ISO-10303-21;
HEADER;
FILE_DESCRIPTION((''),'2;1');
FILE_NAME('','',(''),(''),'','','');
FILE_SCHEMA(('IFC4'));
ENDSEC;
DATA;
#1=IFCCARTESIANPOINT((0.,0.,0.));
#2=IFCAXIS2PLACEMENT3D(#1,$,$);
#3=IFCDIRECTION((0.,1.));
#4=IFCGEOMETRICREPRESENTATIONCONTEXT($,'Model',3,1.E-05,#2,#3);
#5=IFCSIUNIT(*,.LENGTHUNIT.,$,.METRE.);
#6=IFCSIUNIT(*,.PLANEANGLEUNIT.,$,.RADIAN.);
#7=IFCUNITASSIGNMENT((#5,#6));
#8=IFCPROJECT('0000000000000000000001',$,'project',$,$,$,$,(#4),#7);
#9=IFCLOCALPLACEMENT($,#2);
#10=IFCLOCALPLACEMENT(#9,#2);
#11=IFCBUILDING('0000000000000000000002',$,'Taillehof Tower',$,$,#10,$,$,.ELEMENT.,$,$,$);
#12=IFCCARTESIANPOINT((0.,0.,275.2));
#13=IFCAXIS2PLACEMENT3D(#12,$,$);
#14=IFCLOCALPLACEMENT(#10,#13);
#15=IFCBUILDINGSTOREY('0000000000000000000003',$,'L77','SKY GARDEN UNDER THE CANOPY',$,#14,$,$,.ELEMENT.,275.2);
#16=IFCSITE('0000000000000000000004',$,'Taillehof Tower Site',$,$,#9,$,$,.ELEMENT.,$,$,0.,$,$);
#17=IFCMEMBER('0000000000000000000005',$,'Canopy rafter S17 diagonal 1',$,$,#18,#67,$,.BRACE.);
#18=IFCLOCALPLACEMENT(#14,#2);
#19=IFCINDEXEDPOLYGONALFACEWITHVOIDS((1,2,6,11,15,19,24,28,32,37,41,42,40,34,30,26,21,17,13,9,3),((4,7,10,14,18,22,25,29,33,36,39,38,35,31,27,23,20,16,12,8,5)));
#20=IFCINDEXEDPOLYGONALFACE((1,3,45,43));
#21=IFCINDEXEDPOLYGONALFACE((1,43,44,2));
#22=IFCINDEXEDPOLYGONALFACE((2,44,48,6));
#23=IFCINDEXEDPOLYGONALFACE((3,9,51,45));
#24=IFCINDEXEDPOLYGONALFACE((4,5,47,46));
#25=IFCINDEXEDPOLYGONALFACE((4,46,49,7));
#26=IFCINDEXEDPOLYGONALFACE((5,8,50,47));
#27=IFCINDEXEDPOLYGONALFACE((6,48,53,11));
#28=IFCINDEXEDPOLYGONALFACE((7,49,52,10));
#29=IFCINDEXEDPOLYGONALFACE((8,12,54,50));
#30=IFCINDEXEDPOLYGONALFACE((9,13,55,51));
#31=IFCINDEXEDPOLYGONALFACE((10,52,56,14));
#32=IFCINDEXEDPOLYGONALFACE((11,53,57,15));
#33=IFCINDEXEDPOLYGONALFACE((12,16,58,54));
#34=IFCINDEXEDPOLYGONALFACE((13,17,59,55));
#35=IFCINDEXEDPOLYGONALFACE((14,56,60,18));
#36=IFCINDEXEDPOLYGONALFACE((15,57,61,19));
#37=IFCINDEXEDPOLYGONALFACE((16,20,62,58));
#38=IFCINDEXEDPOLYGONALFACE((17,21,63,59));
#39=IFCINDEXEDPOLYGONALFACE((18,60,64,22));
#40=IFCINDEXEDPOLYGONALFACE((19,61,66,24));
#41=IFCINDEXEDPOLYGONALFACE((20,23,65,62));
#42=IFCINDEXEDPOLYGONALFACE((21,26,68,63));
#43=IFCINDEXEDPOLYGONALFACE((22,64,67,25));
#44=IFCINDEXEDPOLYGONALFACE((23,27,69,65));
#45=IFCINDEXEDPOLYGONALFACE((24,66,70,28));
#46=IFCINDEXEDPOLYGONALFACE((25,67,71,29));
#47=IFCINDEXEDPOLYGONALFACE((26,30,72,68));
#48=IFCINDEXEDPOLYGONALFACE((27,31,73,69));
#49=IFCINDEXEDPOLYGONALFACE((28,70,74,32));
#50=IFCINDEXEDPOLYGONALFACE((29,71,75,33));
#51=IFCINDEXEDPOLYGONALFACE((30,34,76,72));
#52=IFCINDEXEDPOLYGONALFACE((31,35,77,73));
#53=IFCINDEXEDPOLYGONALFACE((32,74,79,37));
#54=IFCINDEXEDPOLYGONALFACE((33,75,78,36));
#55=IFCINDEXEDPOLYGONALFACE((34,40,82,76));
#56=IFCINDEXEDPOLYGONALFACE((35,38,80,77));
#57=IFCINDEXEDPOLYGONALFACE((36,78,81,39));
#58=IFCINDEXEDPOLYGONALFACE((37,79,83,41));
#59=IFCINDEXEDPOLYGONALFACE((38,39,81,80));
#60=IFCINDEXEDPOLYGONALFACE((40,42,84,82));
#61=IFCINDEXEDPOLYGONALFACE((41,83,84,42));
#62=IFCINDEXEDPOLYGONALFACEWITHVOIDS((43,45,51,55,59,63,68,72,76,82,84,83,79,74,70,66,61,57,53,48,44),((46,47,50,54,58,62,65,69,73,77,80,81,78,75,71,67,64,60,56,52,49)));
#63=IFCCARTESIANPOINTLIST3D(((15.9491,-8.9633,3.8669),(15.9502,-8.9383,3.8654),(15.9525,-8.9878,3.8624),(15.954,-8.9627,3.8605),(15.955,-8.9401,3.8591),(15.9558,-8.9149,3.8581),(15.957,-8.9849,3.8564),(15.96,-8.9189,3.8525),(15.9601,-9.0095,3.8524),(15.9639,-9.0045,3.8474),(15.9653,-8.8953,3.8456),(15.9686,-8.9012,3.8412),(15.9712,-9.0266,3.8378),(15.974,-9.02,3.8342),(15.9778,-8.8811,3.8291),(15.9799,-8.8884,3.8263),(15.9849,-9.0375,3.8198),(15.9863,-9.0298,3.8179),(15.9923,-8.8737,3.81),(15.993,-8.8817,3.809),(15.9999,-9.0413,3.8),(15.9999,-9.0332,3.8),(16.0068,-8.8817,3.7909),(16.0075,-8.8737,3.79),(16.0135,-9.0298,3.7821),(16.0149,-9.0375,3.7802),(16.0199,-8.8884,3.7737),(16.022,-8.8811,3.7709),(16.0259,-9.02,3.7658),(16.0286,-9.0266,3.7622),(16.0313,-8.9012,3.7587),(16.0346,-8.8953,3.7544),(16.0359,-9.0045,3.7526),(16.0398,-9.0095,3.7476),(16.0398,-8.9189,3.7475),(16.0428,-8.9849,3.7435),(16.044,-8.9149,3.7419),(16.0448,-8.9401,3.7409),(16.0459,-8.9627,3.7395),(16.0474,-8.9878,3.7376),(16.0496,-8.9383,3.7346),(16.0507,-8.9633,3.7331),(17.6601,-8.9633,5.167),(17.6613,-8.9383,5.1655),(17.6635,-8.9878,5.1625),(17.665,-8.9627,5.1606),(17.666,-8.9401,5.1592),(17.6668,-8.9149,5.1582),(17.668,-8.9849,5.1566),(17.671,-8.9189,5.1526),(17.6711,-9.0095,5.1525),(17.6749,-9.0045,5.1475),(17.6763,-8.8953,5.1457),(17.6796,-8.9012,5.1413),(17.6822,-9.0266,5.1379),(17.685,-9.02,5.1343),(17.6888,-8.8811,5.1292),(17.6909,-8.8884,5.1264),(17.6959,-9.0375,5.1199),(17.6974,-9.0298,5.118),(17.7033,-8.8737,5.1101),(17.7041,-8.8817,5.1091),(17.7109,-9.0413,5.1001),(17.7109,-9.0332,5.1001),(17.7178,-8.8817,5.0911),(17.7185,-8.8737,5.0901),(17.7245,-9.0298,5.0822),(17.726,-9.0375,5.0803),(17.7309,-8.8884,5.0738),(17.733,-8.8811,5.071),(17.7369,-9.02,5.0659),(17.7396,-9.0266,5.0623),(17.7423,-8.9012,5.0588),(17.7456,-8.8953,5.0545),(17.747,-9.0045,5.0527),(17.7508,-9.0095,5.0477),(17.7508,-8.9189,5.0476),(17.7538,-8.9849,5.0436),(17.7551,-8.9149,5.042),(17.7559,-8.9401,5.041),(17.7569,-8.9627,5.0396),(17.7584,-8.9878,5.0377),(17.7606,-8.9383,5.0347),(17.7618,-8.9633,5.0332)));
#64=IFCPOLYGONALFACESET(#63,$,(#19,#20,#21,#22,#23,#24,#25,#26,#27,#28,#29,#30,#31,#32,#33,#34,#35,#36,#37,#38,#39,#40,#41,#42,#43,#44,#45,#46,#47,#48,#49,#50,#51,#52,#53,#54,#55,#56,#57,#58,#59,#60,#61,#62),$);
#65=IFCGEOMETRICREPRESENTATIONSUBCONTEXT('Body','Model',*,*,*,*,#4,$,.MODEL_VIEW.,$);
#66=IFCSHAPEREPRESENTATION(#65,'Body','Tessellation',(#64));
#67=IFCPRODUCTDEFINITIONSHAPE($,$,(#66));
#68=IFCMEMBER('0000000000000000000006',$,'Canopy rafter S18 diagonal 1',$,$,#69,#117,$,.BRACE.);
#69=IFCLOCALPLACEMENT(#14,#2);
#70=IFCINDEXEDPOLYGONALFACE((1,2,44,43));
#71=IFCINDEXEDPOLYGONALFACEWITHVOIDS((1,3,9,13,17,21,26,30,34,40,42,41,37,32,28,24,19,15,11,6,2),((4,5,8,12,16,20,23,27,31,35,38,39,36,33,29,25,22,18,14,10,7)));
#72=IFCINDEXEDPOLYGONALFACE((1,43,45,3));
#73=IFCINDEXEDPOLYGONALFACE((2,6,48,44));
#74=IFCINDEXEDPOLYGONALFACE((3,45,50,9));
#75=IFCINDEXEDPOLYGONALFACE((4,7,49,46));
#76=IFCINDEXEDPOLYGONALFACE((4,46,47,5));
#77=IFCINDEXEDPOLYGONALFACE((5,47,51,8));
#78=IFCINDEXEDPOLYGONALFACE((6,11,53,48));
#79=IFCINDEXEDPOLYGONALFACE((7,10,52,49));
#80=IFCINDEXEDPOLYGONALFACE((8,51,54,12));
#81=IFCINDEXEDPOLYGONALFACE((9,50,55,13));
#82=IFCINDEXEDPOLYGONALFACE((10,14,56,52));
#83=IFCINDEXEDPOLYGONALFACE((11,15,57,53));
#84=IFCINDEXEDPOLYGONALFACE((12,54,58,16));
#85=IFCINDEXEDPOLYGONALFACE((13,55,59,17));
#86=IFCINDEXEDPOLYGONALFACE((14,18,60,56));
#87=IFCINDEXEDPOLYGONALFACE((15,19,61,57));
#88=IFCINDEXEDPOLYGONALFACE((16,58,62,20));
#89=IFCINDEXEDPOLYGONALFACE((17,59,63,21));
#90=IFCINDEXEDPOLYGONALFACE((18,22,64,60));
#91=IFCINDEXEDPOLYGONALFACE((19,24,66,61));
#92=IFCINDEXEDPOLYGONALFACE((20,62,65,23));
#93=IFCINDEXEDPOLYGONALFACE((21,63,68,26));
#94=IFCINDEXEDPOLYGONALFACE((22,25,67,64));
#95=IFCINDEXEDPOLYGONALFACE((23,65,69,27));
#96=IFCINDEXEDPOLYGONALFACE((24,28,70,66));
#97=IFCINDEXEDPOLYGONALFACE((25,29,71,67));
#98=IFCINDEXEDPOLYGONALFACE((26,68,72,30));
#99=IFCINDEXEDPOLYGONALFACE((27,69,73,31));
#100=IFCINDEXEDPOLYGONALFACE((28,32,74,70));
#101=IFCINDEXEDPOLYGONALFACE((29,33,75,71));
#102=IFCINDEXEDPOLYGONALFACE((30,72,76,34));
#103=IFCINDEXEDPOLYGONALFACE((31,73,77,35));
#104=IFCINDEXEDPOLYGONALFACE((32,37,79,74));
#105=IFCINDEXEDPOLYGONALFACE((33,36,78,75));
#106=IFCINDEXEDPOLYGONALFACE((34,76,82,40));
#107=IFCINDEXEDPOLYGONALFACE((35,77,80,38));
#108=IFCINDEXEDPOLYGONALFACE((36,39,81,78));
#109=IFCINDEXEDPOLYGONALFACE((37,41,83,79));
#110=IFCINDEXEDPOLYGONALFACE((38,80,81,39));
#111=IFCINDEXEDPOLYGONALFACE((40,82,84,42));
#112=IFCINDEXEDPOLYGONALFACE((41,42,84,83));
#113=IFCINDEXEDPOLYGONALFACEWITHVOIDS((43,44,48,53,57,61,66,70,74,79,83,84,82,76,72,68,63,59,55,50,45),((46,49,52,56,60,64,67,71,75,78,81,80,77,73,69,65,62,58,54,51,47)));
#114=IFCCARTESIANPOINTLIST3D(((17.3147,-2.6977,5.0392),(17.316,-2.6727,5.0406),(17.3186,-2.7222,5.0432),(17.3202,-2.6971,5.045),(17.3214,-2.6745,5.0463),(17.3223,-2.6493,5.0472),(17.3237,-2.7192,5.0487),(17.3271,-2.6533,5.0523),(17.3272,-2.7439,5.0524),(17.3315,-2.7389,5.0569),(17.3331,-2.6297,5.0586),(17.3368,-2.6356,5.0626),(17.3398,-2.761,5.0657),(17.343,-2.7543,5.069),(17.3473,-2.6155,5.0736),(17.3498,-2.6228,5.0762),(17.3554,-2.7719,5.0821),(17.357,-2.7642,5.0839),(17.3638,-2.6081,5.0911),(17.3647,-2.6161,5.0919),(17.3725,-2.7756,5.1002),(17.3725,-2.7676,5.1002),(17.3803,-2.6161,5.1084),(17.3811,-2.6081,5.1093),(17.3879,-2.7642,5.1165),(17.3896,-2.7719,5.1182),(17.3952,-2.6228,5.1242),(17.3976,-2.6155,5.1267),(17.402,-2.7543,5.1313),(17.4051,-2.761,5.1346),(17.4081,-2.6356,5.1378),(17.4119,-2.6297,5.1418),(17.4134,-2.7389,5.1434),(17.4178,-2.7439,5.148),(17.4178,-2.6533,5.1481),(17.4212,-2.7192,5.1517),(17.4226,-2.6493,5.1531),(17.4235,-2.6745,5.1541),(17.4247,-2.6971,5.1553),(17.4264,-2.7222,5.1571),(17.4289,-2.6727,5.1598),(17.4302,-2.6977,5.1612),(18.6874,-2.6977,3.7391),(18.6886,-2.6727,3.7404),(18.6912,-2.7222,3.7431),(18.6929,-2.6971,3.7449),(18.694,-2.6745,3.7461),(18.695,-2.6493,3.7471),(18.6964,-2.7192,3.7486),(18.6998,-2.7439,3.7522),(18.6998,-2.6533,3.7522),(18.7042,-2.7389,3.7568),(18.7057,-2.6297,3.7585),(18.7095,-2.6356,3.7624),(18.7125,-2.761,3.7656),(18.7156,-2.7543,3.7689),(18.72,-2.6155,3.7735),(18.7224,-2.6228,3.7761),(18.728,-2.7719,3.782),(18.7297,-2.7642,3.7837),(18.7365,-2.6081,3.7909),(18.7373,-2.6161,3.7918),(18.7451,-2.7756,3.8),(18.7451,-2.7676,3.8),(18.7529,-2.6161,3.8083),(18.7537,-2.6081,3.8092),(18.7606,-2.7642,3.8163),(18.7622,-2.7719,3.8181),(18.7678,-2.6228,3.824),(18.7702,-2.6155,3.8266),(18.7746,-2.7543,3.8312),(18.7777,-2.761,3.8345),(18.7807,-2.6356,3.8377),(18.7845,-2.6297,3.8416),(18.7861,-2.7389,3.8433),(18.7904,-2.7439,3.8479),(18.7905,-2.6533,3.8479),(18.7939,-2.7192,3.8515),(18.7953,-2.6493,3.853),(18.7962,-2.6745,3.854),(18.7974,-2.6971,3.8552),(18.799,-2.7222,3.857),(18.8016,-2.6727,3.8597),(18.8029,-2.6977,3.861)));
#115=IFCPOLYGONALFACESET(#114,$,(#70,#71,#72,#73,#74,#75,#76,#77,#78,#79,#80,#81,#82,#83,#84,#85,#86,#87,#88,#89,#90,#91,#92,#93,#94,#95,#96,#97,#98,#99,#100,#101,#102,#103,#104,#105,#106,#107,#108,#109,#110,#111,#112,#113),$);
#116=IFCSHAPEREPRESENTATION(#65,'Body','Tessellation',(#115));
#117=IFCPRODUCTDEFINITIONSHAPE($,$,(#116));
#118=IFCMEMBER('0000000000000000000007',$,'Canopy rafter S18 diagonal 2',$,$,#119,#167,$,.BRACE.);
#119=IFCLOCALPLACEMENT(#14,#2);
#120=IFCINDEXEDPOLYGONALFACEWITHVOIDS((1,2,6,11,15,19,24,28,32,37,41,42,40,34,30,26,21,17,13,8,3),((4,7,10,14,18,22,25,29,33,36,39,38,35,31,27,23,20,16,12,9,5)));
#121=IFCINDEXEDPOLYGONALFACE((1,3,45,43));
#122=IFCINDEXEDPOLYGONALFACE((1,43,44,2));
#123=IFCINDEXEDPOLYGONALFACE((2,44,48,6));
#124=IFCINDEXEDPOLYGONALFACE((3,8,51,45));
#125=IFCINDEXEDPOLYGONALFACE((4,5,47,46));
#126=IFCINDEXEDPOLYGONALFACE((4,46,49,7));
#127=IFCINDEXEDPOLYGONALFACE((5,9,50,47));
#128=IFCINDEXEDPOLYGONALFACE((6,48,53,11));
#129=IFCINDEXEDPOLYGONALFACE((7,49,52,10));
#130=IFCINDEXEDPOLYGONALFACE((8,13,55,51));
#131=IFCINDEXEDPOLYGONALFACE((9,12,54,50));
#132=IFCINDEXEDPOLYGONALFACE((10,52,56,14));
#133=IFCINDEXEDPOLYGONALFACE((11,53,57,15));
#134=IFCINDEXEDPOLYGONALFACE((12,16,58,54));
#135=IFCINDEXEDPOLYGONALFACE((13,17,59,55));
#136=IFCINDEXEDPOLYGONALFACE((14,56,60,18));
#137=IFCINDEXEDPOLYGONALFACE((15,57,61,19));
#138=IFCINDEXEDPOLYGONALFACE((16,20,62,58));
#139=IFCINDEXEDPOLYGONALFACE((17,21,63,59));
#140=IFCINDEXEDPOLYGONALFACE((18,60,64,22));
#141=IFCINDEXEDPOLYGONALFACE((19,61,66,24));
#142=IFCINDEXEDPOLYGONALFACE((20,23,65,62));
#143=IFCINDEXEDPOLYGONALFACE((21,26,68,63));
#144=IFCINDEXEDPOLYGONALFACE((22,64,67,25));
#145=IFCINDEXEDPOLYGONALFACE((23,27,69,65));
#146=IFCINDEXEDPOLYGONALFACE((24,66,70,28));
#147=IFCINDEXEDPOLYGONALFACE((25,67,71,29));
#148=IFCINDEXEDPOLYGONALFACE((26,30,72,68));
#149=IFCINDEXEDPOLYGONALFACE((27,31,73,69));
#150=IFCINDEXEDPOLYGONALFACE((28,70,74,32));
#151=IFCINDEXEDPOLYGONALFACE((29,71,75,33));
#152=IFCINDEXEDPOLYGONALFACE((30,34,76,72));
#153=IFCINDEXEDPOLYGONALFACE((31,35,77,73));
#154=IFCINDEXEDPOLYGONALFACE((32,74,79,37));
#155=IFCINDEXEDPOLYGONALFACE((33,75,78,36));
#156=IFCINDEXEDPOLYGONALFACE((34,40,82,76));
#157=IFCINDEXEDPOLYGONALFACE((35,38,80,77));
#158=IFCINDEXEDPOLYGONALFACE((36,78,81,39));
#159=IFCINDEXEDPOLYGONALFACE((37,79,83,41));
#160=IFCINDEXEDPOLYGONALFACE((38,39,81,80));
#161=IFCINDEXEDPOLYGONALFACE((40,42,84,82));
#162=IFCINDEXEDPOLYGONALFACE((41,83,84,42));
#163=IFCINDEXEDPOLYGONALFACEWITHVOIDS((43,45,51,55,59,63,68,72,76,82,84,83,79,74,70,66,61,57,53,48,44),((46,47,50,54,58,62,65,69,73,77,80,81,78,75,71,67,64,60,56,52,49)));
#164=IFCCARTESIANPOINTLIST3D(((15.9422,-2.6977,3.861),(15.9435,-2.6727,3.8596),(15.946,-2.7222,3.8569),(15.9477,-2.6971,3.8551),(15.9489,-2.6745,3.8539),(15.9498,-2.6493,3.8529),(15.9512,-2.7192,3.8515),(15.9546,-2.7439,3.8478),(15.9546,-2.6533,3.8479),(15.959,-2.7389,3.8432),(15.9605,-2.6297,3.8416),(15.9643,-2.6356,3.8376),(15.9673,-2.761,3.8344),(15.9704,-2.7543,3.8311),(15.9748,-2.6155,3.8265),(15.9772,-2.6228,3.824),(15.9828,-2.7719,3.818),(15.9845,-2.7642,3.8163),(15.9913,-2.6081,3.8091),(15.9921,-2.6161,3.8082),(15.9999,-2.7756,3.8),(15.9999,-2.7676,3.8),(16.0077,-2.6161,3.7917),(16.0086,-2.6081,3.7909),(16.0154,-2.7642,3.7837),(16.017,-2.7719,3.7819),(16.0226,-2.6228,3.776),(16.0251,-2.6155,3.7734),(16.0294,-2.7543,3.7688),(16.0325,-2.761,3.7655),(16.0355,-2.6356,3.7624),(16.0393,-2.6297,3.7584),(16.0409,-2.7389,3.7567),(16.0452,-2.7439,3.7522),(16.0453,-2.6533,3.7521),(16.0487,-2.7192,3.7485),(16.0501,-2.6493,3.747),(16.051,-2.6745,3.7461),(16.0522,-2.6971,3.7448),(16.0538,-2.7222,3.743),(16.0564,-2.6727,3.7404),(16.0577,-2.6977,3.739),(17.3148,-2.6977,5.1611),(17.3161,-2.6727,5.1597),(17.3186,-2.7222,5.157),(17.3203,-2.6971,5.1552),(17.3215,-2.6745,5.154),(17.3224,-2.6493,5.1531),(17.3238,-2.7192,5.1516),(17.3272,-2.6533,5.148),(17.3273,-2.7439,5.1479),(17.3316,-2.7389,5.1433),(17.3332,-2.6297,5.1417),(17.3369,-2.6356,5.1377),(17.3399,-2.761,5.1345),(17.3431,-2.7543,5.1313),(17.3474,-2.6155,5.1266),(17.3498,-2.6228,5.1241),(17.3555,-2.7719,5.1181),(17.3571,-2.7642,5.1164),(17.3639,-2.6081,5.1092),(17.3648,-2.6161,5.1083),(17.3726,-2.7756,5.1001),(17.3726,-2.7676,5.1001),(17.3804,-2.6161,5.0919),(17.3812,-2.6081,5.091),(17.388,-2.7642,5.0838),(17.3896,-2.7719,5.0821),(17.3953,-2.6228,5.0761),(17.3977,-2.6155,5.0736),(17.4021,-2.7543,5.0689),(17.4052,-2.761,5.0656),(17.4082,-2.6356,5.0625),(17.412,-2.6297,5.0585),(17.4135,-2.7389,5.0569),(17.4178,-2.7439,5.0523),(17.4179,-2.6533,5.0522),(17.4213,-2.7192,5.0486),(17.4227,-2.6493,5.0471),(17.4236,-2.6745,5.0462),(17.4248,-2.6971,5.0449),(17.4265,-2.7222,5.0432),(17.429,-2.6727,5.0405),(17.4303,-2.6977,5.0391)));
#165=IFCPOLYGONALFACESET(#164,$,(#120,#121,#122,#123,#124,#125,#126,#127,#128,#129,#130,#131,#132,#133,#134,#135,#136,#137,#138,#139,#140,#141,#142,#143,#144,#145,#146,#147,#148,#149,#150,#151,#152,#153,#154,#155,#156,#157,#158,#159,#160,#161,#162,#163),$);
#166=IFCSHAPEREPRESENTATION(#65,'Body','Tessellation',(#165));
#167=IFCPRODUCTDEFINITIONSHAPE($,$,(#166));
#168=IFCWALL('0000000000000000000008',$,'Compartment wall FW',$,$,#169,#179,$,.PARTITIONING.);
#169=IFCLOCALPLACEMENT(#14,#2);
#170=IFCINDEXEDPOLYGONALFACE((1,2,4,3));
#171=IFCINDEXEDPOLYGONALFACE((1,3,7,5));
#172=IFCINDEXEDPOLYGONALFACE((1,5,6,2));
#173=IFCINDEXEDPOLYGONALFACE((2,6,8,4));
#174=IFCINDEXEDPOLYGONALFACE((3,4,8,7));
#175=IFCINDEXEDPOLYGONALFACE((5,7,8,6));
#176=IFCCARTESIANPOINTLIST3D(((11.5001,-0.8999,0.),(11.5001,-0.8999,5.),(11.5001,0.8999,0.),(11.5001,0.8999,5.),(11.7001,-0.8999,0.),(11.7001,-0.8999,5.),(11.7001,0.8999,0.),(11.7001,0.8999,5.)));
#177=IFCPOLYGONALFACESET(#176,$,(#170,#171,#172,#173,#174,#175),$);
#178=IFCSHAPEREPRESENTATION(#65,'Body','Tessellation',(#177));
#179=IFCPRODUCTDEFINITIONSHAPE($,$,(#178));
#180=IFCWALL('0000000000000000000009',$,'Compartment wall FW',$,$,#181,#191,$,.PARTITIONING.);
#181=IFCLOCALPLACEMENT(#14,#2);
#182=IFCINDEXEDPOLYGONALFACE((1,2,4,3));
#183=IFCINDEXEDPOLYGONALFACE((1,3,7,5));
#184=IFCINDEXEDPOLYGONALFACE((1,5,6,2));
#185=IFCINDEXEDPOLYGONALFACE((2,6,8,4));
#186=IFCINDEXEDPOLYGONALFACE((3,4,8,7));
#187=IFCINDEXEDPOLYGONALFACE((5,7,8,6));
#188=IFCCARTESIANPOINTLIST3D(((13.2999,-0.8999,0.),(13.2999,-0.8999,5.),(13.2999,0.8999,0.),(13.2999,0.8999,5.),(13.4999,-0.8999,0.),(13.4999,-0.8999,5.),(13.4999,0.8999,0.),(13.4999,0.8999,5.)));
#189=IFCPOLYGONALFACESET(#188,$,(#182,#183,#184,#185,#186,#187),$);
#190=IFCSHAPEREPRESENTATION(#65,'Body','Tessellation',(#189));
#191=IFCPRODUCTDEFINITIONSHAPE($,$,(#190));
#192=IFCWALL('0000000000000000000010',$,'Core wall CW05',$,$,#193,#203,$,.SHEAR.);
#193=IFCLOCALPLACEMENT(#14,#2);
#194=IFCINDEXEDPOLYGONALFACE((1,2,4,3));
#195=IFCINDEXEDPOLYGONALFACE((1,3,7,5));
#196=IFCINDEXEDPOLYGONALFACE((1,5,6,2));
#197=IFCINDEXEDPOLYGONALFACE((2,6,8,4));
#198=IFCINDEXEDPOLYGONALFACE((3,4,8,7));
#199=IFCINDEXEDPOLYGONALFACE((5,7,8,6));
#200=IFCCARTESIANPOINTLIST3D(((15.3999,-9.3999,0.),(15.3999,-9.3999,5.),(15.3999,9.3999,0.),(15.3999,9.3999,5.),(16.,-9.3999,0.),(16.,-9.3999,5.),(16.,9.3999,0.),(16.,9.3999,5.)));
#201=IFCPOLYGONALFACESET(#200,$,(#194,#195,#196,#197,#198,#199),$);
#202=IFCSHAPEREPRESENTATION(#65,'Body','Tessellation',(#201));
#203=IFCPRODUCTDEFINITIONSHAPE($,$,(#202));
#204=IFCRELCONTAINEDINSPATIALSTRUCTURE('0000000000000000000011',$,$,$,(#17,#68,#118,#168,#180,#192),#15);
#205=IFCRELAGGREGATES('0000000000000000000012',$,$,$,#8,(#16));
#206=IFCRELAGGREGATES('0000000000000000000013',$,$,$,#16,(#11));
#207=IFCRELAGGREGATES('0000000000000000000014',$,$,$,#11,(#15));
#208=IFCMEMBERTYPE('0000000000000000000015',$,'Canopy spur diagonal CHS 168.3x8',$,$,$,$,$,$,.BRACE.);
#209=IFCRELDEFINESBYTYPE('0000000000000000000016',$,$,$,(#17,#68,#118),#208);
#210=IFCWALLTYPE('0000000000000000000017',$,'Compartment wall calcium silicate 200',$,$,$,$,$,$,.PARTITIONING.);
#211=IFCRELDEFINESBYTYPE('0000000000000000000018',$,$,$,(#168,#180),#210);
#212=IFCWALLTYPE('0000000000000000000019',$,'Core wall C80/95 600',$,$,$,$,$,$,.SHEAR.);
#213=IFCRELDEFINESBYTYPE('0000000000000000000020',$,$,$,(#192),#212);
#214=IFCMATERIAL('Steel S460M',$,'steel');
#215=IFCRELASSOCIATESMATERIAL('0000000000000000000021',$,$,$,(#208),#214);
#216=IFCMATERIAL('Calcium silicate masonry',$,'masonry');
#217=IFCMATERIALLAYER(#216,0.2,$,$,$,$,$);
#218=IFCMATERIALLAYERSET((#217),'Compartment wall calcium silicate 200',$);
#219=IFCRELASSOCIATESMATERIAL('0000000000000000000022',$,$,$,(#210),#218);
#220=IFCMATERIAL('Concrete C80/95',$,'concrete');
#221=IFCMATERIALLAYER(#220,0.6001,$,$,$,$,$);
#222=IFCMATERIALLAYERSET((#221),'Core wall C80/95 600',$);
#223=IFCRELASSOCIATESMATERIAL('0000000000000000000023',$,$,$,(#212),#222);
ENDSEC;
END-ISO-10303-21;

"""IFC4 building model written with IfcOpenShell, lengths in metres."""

from ifc_helpers import new_model, si_unit, direction, frame, frame_2d, origin, origin_2d, place, context, subcontext, project, spatial, rectangle, hollow_circle, extrude, material, layer, layer_set, material_profile, profile_set, type_object, element, save


model = new_model("IFC4")

# Units and contexts
model_context = context("Model", 3, precision=1e-05, world=origin(), true_north=direction((0.0, 1.0)))
body_context = subcontext(model_context, "Body", "Model", "MODEL_VIEW")
ifc_project = project(units=[si_unit("LENGTHUNIT", "METRE"), si_unit("PLANEANGLEUNIT", "RADIAN")], contexts=[model_context])

# Site, building, storey
site_placement = place(None, origin())
site = spatial("IfcSite", under=ifc_project, at=site_placement, Name="Taillehof Tower Site", CompositionType="ELEMENT", RefElevation=0.0)
building_placement = place(site_placement, origin())
building = spatial("IfcBuilding", under=site, at=building_placement, Name="Taillehof Tower", CompositionType="ELEMENT")
storey_placement = place(building_placement, frame((0.0, 0.0, 275.2)))
storey = spatial("IfcBuildingStorey", under=building, at=storey_placement, Name="L77", Description="SKY GARDEN UNDER THE CANOPY", CompositionType="ELEMENT", Elevation=275.2)

# Members
ifc_material_1 = material(Name="Steel S460M", Category="steel")
ifc_material_profile_1 = material_profile(ifc_material_1, hollow_circle(Radius=0.0842, WallThickness=0.0081, at=origin_2d()), Name="CHS 168.3x8")
ifc_profile_set_1 = profile_set([ifc_material_profile_1], Name="Steel S460M")
member_type_1 = type_object("IfcMemberType", Name="Canopy spur diagonal CHS 168.3x8", PredefinedType="BRACE", material=ifc_profile_set_1)
member_1_placement = place(storey_placement, frame((17.7109, -8.957, 5.1001), z_axis=(-0.796221, 0.0, -0.605005), x_axis=(0.0, -1.0, 0.0)))
element("IfcMember", 1, at=member_1_placement, inside=storey, type_object=member_type_1, Name="Canopy rafter S17 diagonal 1", PredefinedType="BRACE", context=body_context, shape_type="SweptSolid", body=[
    extrude(hollow_circle(Radius=0.0842, WallThickness=0.0081, at=origin_2d()), origin(), (0.0, 0.0, 1.0), 2.1489),
])
for number, where, z_axis, x_axis, name in (
    (2, (18.7451, -2.6914, 3.8), (-0.726024, 0.0, 0.687669), (0.0, -1.0, 0.0), "Canopy rafter S18 diagonal 1"),
    (3, (17.3726, -2.6914, 5.1001), (-0.726024, 0.0, -0.687669), (0.0, -1.0, 0.0), "Canopy rafter S18 diagonal 2"),
):
    element("IfcMember", number, at=place(storey_placement, frame(where, z_axis=z_axis, x_axis=x_axis)), inside=storey, type_object=member_type_1, Name=name, PredefinedType="BRACE", context=body_context, shape_type="SweptSolid", body=[
        extrude(hollow_circle(Radius=0.0842, WallThickness=0.0081, at=origin_2d()), origin(), (0.0, 0.0, 1.0), 1.8906),
    ])

# Walls
ifc_material_2 = material(Name="Calcium silicate masonry", Category="masonry")
ifc_layer_1 = layer(ifc_material_2, 0.2)
ifc_layer_set_1 = layer_set([ifc_layer_1], Name="Compartment wall calcium silicate 200")
wall_type_1 = type_object("IfcWallType", Name="Compartment wall calcium silicate 200", PredefinedType="PARTITIONING", material=ifc_layer_set_1)
for number, where, z_axis, x_axis, name in (
    (4, (11.6001, -0.8999, 0.0), (0.0, 0.0, 1.0), (0.0, 1.0, 0.0), "Compartment wall FW"),
    (5, (13.3999, -0.8999, 0.0), (0.0, 0.0, 1.0), (0.0, 1.0, 0.0), "Compartment wall FW"),
):
    element("IfcWall", number, at=place(storey_placement, frame(where, z_axis=z_axis, x_axis=x_axis)), inside=storey, type_object=wall_type_1, Name=name, PredefinedType="PARTITIONING", context=body_context, shape_type="SweptSolid", body=[
        extrude(rectangle(XDim=1.7998, YDim=0.2, at=frame_2d((0.8999, 0.0))), origin(), (0.0, 0.0, 1.0), 5.0),
    ])
ifc_material_3 = material(Name="Concrete C80/95", Category="concrete")
ifc_layer_2 = layer(ifc_material_3, 0.6001)
ifc_layer_set_2 = layer_set([ifc_layer_2], Name="Core wall C80/95 600")
wall_type_2 = type_object("IfcWallType", Name="Core wall C80/95 600", PredefinedType="SHEAR", material=ifc_layer_set_2)
wall_1_placement = place(storey_placement, frame((15.7, -9.3999, 0.0), z_axis=(0.0, 0.0, 1.0), x_axis=(0.0, 1.0, 0.0)))
element("IfcWall", 6, at=wall_1_placement, inside=storey, type_object=wall_type_2, Name="Core wall CW05", PredefinedType="SHEAR", context=body_context, shape_type="SweptSolid", body=[
    extrude(rectangle(XDim=18.7998, YDim=0.6001, at=frame_2d((9.3999, 0.0))), origin(), (0.0, 0.0, 1.0), 5.0),
])

save(model, "model.ifc")
